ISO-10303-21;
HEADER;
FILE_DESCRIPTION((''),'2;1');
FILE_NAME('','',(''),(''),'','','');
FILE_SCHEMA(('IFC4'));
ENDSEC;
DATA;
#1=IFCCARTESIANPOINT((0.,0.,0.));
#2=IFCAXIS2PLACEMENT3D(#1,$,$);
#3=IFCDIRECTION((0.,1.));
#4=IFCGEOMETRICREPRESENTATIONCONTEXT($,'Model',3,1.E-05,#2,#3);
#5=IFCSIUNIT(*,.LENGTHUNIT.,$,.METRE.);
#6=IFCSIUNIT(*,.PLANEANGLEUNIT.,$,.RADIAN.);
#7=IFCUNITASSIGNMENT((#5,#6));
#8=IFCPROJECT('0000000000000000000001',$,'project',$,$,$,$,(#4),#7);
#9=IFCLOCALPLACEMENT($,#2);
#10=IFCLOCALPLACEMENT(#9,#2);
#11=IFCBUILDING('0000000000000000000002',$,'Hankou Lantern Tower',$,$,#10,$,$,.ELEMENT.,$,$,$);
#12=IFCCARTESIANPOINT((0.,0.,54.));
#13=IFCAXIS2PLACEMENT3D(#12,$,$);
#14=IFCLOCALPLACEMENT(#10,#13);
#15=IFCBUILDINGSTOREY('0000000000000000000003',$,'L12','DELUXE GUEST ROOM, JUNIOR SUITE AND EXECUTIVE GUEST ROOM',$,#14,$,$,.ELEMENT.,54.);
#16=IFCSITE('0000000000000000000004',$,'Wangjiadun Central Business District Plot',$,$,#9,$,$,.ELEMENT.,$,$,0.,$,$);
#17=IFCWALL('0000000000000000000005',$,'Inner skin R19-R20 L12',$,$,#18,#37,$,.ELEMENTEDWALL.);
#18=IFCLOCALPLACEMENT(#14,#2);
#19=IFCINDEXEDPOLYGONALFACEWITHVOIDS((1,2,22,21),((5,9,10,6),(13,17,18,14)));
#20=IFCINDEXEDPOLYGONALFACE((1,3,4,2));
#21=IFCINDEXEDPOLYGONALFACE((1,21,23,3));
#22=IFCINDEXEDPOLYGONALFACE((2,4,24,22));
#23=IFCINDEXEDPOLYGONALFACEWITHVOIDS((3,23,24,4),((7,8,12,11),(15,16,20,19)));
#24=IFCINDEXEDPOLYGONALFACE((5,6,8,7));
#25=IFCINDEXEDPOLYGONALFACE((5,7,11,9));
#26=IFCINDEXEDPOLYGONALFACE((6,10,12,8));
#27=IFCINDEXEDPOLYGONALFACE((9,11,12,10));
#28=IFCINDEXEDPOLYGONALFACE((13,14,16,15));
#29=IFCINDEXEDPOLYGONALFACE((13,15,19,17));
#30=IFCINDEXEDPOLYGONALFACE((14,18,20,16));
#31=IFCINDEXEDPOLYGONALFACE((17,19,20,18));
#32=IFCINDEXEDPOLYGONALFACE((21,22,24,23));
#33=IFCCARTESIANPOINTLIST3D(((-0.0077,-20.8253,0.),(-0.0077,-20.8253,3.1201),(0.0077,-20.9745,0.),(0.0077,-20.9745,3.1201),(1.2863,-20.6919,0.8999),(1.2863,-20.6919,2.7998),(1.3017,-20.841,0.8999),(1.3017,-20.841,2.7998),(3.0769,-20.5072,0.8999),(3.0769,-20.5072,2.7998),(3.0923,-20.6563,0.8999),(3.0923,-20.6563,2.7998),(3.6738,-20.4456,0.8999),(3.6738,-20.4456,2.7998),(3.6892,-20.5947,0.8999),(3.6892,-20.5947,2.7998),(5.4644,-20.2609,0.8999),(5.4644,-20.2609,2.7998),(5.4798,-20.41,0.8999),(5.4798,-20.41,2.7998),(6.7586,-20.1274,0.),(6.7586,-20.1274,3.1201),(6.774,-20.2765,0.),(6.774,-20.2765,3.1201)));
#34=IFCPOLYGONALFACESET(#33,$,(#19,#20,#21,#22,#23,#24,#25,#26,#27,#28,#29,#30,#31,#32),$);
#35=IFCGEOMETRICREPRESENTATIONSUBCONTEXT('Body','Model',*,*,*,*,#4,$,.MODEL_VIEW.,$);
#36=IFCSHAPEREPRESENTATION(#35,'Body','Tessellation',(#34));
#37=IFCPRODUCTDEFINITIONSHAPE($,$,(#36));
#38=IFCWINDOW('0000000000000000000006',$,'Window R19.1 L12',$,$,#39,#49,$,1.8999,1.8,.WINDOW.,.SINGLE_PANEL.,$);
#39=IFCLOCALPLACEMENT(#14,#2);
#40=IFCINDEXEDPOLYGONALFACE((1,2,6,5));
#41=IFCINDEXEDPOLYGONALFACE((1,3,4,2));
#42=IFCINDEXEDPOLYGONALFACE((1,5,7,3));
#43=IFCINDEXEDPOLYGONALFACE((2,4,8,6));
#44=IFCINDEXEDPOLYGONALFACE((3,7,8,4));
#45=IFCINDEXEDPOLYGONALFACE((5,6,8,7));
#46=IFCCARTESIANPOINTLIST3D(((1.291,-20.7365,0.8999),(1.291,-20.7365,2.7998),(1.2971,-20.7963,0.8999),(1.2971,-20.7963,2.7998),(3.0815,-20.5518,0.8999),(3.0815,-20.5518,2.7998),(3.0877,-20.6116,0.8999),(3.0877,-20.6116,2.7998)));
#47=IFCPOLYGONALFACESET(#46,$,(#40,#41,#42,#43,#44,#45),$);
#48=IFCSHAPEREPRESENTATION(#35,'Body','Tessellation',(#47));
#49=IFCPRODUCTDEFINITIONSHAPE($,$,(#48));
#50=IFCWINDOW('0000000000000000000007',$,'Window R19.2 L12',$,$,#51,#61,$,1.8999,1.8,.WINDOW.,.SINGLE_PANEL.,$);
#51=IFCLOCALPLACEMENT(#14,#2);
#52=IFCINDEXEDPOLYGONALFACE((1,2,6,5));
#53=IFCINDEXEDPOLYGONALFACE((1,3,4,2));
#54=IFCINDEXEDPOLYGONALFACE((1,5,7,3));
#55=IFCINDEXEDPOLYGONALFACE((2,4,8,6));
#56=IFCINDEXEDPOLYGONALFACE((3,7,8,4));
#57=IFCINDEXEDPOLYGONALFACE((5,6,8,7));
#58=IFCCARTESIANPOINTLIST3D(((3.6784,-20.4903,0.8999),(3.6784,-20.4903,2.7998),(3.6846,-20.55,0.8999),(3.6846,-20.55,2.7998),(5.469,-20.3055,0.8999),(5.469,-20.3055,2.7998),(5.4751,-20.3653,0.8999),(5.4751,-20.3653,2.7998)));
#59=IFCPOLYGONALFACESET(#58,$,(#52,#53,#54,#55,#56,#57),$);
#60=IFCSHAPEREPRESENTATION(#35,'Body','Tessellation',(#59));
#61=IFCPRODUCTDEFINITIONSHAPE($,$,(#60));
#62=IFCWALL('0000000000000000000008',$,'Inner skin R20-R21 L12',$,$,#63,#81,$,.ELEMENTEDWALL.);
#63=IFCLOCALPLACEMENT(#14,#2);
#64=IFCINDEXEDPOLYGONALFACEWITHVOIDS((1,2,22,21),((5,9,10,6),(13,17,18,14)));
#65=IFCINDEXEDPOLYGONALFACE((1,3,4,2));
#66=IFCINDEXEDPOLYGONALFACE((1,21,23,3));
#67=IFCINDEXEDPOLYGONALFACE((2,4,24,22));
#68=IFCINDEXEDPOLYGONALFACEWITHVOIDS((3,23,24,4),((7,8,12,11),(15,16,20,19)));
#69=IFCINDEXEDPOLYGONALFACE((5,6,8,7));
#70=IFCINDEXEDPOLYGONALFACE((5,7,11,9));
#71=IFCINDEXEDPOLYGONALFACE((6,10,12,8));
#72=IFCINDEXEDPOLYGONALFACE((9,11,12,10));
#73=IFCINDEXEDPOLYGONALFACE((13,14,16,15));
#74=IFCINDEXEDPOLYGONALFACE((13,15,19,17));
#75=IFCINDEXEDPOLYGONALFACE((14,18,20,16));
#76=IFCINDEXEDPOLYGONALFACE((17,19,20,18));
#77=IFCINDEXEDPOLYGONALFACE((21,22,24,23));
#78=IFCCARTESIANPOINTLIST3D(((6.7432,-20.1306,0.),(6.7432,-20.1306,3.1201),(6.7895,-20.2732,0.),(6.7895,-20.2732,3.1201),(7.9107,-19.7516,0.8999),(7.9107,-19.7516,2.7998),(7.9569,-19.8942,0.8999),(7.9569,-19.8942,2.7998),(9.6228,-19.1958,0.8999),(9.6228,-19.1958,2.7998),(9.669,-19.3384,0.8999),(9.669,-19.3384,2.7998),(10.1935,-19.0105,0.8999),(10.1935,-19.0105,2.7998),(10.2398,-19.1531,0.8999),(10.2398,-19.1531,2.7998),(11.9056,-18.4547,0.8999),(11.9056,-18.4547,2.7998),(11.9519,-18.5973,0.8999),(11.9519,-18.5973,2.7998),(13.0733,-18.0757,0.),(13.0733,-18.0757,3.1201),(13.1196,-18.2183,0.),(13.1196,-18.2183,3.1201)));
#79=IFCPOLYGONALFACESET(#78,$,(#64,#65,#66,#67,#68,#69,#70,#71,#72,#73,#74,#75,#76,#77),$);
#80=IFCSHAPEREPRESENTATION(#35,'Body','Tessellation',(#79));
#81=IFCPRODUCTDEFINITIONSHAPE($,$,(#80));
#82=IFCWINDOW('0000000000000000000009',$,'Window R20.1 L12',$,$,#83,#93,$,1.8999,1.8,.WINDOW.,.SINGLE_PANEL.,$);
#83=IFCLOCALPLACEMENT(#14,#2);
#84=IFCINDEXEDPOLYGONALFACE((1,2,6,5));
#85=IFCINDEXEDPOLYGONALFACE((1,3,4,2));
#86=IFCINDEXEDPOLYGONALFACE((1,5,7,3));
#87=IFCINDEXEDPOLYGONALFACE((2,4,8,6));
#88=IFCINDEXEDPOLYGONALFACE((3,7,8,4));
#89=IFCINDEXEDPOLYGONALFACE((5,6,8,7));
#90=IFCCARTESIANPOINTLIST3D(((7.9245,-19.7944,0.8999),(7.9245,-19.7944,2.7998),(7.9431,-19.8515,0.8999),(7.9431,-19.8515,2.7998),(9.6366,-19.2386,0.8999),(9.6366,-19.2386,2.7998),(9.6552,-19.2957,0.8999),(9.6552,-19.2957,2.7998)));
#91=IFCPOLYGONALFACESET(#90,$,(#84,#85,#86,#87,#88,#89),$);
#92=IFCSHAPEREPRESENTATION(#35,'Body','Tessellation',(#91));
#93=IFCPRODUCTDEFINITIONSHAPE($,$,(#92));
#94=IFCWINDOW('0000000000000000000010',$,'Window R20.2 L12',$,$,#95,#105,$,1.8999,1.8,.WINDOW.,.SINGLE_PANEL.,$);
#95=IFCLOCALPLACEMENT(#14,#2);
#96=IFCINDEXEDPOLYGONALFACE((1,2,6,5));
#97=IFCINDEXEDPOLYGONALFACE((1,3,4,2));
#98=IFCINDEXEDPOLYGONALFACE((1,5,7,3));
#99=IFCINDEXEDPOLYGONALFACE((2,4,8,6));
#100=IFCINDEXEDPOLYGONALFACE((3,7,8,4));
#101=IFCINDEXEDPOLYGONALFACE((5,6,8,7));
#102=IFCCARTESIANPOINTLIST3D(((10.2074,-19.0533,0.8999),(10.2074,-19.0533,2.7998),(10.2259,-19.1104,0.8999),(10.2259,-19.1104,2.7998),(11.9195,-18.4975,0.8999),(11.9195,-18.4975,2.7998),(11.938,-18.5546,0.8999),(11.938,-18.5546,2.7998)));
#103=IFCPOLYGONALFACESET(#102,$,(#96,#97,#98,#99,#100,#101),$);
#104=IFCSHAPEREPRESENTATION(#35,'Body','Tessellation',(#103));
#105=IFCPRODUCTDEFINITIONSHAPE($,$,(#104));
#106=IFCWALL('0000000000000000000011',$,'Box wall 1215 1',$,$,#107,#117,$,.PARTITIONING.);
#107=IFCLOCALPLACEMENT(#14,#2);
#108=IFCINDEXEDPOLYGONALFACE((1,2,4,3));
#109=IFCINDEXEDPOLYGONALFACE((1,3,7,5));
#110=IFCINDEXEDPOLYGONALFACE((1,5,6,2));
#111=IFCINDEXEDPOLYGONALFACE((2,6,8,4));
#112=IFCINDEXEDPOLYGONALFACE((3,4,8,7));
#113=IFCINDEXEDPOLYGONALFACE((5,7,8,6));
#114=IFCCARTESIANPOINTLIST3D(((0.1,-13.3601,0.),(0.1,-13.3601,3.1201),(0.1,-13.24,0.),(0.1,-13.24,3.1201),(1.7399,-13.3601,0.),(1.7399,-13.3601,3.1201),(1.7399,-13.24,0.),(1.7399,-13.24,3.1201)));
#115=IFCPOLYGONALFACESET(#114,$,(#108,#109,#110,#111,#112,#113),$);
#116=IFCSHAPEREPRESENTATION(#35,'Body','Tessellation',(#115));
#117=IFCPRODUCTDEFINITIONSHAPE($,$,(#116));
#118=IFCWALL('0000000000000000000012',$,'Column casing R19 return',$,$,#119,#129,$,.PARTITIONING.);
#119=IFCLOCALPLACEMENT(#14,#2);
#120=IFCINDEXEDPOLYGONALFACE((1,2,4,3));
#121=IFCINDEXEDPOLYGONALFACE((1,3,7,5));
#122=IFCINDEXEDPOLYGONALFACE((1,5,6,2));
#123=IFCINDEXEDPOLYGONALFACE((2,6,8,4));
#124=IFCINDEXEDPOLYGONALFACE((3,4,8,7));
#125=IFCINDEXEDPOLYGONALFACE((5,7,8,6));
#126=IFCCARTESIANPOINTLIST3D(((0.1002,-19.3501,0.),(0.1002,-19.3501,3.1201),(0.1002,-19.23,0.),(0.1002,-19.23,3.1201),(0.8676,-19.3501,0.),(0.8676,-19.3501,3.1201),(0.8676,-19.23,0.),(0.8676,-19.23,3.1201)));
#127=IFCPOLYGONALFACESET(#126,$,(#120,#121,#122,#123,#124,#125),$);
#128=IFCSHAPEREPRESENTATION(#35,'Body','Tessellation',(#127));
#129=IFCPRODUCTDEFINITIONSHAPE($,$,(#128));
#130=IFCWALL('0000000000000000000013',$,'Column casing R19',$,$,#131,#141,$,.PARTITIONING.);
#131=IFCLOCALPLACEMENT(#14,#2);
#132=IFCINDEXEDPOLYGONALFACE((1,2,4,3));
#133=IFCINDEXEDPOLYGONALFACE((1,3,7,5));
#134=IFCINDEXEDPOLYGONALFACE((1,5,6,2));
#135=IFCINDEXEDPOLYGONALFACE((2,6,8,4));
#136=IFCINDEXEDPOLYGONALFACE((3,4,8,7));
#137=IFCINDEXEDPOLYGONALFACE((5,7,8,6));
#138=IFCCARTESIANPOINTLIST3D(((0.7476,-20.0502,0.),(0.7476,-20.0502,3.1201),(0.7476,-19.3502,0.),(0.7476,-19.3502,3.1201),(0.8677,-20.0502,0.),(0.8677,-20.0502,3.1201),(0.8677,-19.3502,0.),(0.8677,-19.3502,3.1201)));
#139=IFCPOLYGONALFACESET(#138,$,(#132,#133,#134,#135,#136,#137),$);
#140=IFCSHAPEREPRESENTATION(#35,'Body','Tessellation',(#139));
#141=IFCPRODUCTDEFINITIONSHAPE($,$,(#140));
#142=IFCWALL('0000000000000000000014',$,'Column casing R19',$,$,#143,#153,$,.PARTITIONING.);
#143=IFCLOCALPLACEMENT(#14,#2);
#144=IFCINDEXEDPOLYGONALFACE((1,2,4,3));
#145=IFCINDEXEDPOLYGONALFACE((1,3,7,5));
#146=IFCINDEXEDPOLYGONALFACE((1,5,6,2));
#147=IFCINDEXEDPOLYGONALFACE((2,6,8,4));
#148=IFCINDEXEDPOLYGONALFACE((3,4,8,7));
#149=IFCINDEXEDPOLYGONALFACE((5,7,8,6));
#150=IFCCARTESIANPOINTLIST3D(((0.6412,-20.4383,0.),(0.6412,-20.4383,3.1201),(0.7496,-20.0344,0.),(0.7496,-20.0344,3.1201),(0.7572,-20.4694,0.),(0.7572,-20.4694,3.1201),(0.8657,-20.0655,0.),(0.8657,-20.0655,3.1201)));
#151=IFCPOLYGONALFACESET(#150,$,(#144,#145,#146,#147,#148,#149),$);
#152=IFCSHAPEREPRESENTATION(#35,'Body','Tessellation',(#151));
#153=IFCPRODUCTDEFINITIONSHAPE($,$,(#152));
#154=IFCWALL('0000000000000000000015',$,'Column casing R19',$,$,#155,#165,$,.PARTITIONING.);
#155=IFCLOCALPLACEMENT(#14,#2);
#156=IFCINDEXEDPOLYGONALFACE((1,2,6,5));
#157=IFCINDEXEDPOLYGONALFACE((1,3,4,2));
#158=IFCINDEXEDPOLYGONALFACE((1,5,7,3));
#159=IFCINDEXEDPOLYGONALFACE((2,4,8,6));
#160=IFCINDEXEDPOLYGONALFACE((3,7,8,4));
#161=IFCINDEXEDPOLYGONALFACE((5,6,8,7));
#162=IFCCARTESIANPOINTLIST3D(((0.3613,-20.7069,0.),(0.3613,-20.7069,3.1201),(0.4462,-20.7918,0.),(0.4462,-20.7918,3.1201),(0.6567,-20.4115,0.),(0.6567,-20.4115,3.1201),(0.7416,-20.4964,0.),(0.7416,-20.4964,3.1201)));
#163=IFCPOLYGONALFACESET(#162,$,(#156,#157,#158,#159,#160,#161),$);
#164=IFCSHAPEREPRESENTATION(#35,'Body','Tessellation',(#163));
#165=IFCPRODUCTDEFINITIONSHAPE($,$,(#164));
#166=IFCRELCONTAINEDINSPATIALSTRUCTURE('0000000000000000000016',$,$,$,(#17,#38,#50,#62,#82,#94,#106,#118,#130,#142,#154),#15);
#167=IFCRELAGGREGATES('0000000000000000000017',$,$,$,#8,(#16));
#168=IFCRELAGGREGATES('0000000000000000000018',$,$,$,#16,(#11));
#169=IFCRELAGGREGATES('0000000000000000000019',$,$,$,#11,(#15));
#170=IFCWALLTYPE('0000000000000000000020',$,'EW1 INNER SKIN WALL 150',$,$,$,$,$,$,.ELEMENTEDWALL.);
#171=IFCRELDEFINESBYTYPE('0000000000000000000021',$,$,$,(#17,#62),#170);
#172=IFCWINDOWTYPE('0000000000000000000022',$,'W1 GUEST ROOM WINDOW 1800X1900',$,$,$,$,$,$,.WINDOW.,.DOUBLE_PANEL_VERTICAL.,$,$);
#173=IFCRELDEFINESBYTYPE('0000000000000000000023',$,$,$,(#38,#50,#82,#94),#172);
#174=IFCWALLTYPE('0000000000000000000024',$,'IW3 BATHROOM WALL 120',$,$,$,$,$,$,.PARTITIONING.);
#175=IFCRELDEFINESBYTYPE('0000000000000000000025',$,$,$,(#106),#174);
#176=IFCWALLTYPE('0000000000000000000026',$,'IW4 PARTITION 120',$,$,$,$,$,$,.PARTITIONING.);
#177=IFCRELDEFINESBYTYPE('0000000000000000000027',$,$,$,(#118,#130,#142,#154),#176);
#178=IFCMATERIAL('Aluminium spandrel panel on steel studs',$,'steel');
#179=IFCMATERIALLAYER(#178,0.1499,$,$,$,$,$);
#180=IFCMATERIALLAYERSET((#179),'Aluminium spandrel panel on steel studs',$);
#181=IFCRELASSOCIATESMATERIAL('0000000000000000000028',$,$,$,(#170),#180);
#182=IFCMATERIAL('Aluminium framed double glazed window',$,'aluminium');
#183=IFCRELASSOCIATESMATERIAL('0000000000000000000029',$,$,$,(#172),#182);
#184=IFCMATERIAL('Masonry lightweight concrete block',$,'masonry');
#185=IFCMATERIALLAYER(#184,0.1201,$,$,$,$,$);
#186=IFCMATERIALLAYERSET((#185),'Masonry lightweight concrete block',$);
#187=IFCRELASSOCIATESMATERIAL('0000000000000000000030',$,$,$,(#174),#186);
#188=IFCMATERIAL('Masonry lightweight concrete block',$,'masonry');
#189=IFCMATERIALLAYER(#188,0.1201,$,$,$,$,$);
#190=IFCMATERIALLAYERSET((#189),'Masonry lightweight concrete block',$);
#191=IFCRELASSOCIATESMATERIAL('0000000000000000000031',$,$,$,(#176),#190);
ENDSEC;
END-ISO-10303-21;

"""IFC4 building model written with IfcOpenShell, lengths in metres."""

from ifc_helpers import new_model, si_unit, direction, frame, frame_2d, origin, place, context, subcontext, project, spatial, rectangle, extrude, material, layer, layer_set, type_object, element, fill, save


model = new_model("IFC4")

# Units and contexts
model_context = context("Model", 3, precision=1e-05, world=origin(), true_north=direction((0.0, 1.0)))
body_context = subcontext(model_context, "Body", "Model", "MODEL_VIEW")
ifc_project = project(units=[si_unit("LENGTHUNIT", "METRE"), si_unit("PLANEANGLEUNIT", "RADIAN")], contexts=[model_context])

# Site, building, storey
site_placement = place(None, origin())
site = spatial("IfcSite", under=ifc_project, at=site_placement, Name="Wangjiadun Central Business District Plot", CompositionType="ELEMENT", RefElevation=0.0)
building_placement = place(site_placement, origin())
building = spatial("IfcBuilding", under=site, at=building_placement, Name="Hankou Lantern Tower", CompositionType="ELEMENT")
storey_placement = place(building_placement, frame((0.0, 0.0, 54.0)))
storey = spatial("IfcBuildingStorey", under=building, at=storey_placement, Name="L12", Description="DELUXE GUEST ROOM, JUNIOR SUITE AND EXECUTIVE GUEST ROOM", CompositionType="ELEMENT", Elevation=54.0)

# Walls, openings, windows
ifc_material_1 = material(Name="Aluminium spandrel panel on steel studs", Category="steel")
ifc_layer_1 = layer(ifc_material_1, 0.1499)
ifc_layer_set_1 = layer_set([ifc_layer_1], Name="Aluminium spandrel panel on steel studs")
wall_type_1 = type_object("IfcWallType", Name="EW1 INNER SKIN WALL 150", PredefinedType="ELEMENTEDWALL", material=ifc_layer_set_1)
wall_1_placement = place(storey_placement, frame((0.0, -20.8999, 0.0), z_axis=(0.0, 0.0, 1.0), x_axis=(0.994721, 0.102613, 0.0)))
wall_1 = element("IfcWall", 1, at=wall_1_placement, inside=storey, type_object=wall_type_1, Name="Inner skin R19-R20 L12", PredefinedType="ELEMENTEDWALL", context=body_context, shape_type="SweptSolid", body=[
    extrude(rectangle(XDim=6.8022, YDim=0.1499, at=frame_2d((3.4011, 0.0))), origin(), (0.0, 0.0, 1.0), 3.1201),
])
opening_1_placement = place(wall_1_placement, frame((1.301, 0.0, 0.8999)))
opening_1 = element("IfcOpeningElement", 2, at=opening_1_placement, cuts=wall_1, PredefinedType="OPENING", context=body_context, shape_type="SweptSolid", body=[
    extrude(rectangle(XDim=1.8, YDim=1.8999, at=frame_2d((0.8999, 0.95))), frame((0.0, 0.085, 0.0), z_axis=(0.0, -1.0, 0.0), x_axis=(1.0, 0.0, 0.0)), (0.0, 0.0, 1.0), 0.1699),
])
opening_2_placement = place(wall_1_placement, frame((3.7012, 0.0, 0.8999)))
opening_2 = element("IfcOpeningElement", 3, at=opening_2_placement, cuts=wall_1, PredefinedType="OPENING", context=body_context, shape_type="SweptSolid", body=[
    extrude(rectangle(XDim=1.8, YDim=1.8999, at=frame_2d((0.8999, 0.95))), frame((0.0, 0.085, 0.0), z_axis=(0.0, -1.0, 0.0), x_axis=(1.0, 0.0, 0.0)), (0.0, 0.0, 1.0), 0.1699),
])
ifc_material_2 = material(Name="Aluminium framed double glazed window", Category="aluminium")
window_type = type_object("IfcWindowType", Name="W1 GUEST ROOM WINDOW 1800X1900", PartitioningType="DOUBLE_PANEL_VERTICAL", PredefinedType="WINDOW", material=ifc_material_2)
window_1_placement = place(opening_1_placement, origin())
window_1 = element("IfcWindow", 4, at=window_1_placement, inside=storey, type_object=window_type, Name="Window R19.1 L12", OverallHeight=1.8999, OverallWidth=1.8, PartitioningType="SINGLE_PANEL", PredefinedType="WINDOW", context=body_context, shape_type="SweptSolid", body=[
    extrude(rectangle(XDim=1.8, YDim=1.8999, at=frame_2d((0.8999, 0.95))), frame((0.0, 0.03, 0.0), z_axis=(0.0, -1.0, 0.0), x_axis=(1.0, 0.0, 0.0)), (0.0, 0.0, 1.0), 0.0601),
])
fill(opening_1, window_1)
window_2_placement = place(opening_2_placement, origin())
window_2 = element("IfcWindow", 5, at=window_2_placement, inside=storey, type_object=window_type, Name="Window R19.2 L12", OverallHeight=1.8999, OverallWidth=1.8, PartitioningType="SINGLE_PANEL", PredefinedType="WINDOW", context=body_context, shape_type="SweptSolid", body=[
    extrude(rectangle(XDim=1.8, YDim=1.8999, at=frame_2d((0.8999, 0.95))), frame((0.0, 0.03, 0.0), z_axis=(0.0, -1.0, 0.0), x_axis=(1.0, 0.0, 0.0)), (0.0, 0.0, 1.0), 0.0601),
])
fill(opening_2, window_2)
wall_2_placement = place(storey_placement, frame((6.7664, -20.2019, 0.0), z_axis=(0.0, 0.0, 1.0), x_axis=(0.951138, 0.308768, 0.0)))
wall_2 = element("IfcWall", 6, at=wall_2_placement, inside=storey, type_object=wall_type_1, Name="Inner skin R20-R21 L12", PredefinedType="ELEMENTEDWALL", context=body_context, shape_type="SweptSolid", body=[
    extrude(rectangle(XDim=6.6553, YDim=0.1499, at=frame_2d((3.3276, 0.0))), origin(), (0.0, 0.0, 1.0), 3.1201),
])
opening_3_placement = place(wall_2_placement, frame((1.2275, 0.0, 0.8999)))
opening_3 = element("IfcOpeningElement", 7, at=opening_3_placement, cuts=wall_2, PredefinedType="OPENING", context=body_context, shape_type="SweptSolid", body=[
    extrude(rectangle(XDim=1.8, YDim=1.8999, at=frame_2d((0.8999, 0.95))), frame((0.0, 0.085, 0.0), z_axis=(0.0, -1.0, 0.0), x_axis=(1.0, 0.0, 0.0)), (0.0, 0.0, 1.0), 0.1699),
])
opening_4_placement = place(wall_2_placement, frame((3.6277, 0.0, 0.8999)))
opening_4 = element("IfcOpeningElement", 8, at=opening_4_placement, cuts=wall_2, PredefinedType="OPENING", context=body_context, shape_type="SweptSolid", body=[
    extrude(rectangle(XDim=1.8, YDim=1.8999, at=frame_2d((0.8999, 0.95))), frame((0.0, 0.085, 0.0), z_axis=(0.0, -1.0, 0.0), x_axis=(1.0, 0.0, 0.0)), (0.0, 0.0, 1.0), 0.1699),
])
window_3_placement = place(opening_3_placement, origin())
window_3 = element("IfcWindow", 9, at=window_3_placement, inside=storey, type_object=window_type, Name="Window R20.1 L12", OverallHeight=1.8999, OverallWidth=1.8, PartitioningType="SINGLE_PANEL", PredefinedType="WINDOW", context=body_context, shape_type="SweptSolid", body=[
    extrude(rectangle(XDim=1.8, YDim=1.8999, at=frame_2d((0.8999, 0.95))), frame((0.0, 0.03, 0.0), z_axis=(0.0, -1.0, 0.0), x_axis=(1.0, 0.0, 0.0)), (0.0, 0.0, 1.0), 0.0601),
])
fill(opening_3, window_3)
window_4_placement = place(opening_4_placement, origin())
window_4 = element("IfcWindow", 10, at=window_4_placement, inside=storey, type_object=window_type, Name="Window R20.2 L12", OverallHeight=1.8999, OverallWidth=1.8, PartitioningType="SINGLE_PANEL", PredefinedType="WINDOW", context=body_context, shape_type="SweptSolid", body=[
    extrude(rectangle(XDim=1.8, YDim=1.8999, at=frame_2d((0.8999, 0.95))), frame((0.0, 0.03, 0.0), z_axis=(0.0, -1.0, 0.0), x_axis=(1.0, 0.0, 0.0)), (0.0, 0.0, 1.0), 0.0601),
])
fill(opening_4, window_4)

# Walls
ifc_material_3 = material(Name="Masonry lightweight concrete block", Category="masonry")
ifc_layer_2 = layer(ifc_material_3, 0.1201)
ifc_layer_set_2 = layer_set([ifc_layer_2], Name="Masonry lightweight concrete block")
wall_type_2 = type_object("IfcWallType", Name="IW3 BATHROOM WALL 120", PredefinedType="PARTITIONING", material=ifc_layer_set_2)
wall_3_placement = place(storey_placement, frame((0.1001, -13.3, 0.0), z_axis=(0.0, 0.0, 1.0), x_axis=(1.0, 0.0, 0.0)))
element("IfcWall", 11, at=wall_3_placement, inside=storey, type_object=wall_type_2, Name="Box wall 1215 1", PredefinedType="PARTITIONING", context=body_context, shape_type="SweptSolid", body=[
    extrude(rectangle(XDim=1.6399, YDim=0.1201, at=frame_2d((0.8198, 0.0))), origin(), (0.0, 0.0, 1.0), 3.1201),
])
ifc_material_4 = material(Name="Masonry lightweight concrete block", Category="masonry")
ifc_layer_3 = layer(ifc_material_4, 0.1201)
ifc_layer_set_3 = layer_set([ifc_layer_3], Name="Masonry lightweight concrete block")
wall_type_3 = type_object("IfcWallType", Name="IW4 PARTITION 120", PredefinedType="PARTITIONING", material=ifc_layer_set_3)
wall_4_placement = place(storey_placement, frame((0.1001, -19.29, 0.0), z_axis=(0.0, 0.0, 1.0), x_axis=(1.0, 0.0, 0.0)))
element("IfcWall", 12, at=wall_4_placement, inside=storey, type_object=wall_type_3, Name="Column casing R19 return", PredefinedType="PARTITIONING", context=body_context, shape_type="SweptSolid", body=[
    extrude(rectangle(XDim=0.7673, YDim=0.1201, at=frame_2d((0.3838, 0.0))), origin(), (0.0, 0.0, 1.0), 3.1201),
])
wall_5_placement = place(storey_placement, frame((0.8076, -19.3501, 0.0), z_axis=(0.0, 0.0, 1.0), x_axis=(0.0, -1.0, 0.0)))
element("IfcWall", 13, at=wall_5_placement, inside=storey, type_object=wall_type_3, Name="Column casing R19", PredefinedType="PARTITIONING", context=body_context, shape_type="SweptSolid", body=[
    extrude(rectangle(XDim=0.7, YDim=0.1201, at=frame_2d((0.3501, 0.0))), origin(), (0.0, 0.0, 1.0), 3.1201),
])
wall_6_placement = place(storey_placement, frame((0.8076, -20.05, 0.0), z_axis=(0.0, 0.0, 1.0), x_axis=(-0.259261, -0.965807, 0.0)))
element("IfcWall", 14, at=wall_6_placement, inside=storey, type_object=wall_type_3, Name="Column casing R19", PredefinedType="PARTITIONING", context=body_context, shape_type="SweptSolid", body=[
    extrude(rectangle(XDim=0.4182, YDim=0.1201, at=frame_2d((0.209, 0.0))), origin(), (0.0, 0.0, 1.0), 3.1201),
])
wall_7_placement = place(storey_placement, frame((0.6992, -20.4539, 0.0), z_axis=(0.0, 0.0, 1.0), x_axis=(-0.707107, -0.707107, 0.0)))
element("IfcWall", 15, at=wall_7_placement, inside=storey, type_object=wall_type_3, Name="Column casing R19", PredefinedType="PARTITIONING", context=body_context, shape_type="SweptSolid", body=[
    extrude(rectangle(XDim=0.4177, YDim=0.1201, at=frame_2d((0.209, 0.0))), origin(), (0.0, 0.0, 1.0), 3.1201),
])

save(model, "model.ifc")
